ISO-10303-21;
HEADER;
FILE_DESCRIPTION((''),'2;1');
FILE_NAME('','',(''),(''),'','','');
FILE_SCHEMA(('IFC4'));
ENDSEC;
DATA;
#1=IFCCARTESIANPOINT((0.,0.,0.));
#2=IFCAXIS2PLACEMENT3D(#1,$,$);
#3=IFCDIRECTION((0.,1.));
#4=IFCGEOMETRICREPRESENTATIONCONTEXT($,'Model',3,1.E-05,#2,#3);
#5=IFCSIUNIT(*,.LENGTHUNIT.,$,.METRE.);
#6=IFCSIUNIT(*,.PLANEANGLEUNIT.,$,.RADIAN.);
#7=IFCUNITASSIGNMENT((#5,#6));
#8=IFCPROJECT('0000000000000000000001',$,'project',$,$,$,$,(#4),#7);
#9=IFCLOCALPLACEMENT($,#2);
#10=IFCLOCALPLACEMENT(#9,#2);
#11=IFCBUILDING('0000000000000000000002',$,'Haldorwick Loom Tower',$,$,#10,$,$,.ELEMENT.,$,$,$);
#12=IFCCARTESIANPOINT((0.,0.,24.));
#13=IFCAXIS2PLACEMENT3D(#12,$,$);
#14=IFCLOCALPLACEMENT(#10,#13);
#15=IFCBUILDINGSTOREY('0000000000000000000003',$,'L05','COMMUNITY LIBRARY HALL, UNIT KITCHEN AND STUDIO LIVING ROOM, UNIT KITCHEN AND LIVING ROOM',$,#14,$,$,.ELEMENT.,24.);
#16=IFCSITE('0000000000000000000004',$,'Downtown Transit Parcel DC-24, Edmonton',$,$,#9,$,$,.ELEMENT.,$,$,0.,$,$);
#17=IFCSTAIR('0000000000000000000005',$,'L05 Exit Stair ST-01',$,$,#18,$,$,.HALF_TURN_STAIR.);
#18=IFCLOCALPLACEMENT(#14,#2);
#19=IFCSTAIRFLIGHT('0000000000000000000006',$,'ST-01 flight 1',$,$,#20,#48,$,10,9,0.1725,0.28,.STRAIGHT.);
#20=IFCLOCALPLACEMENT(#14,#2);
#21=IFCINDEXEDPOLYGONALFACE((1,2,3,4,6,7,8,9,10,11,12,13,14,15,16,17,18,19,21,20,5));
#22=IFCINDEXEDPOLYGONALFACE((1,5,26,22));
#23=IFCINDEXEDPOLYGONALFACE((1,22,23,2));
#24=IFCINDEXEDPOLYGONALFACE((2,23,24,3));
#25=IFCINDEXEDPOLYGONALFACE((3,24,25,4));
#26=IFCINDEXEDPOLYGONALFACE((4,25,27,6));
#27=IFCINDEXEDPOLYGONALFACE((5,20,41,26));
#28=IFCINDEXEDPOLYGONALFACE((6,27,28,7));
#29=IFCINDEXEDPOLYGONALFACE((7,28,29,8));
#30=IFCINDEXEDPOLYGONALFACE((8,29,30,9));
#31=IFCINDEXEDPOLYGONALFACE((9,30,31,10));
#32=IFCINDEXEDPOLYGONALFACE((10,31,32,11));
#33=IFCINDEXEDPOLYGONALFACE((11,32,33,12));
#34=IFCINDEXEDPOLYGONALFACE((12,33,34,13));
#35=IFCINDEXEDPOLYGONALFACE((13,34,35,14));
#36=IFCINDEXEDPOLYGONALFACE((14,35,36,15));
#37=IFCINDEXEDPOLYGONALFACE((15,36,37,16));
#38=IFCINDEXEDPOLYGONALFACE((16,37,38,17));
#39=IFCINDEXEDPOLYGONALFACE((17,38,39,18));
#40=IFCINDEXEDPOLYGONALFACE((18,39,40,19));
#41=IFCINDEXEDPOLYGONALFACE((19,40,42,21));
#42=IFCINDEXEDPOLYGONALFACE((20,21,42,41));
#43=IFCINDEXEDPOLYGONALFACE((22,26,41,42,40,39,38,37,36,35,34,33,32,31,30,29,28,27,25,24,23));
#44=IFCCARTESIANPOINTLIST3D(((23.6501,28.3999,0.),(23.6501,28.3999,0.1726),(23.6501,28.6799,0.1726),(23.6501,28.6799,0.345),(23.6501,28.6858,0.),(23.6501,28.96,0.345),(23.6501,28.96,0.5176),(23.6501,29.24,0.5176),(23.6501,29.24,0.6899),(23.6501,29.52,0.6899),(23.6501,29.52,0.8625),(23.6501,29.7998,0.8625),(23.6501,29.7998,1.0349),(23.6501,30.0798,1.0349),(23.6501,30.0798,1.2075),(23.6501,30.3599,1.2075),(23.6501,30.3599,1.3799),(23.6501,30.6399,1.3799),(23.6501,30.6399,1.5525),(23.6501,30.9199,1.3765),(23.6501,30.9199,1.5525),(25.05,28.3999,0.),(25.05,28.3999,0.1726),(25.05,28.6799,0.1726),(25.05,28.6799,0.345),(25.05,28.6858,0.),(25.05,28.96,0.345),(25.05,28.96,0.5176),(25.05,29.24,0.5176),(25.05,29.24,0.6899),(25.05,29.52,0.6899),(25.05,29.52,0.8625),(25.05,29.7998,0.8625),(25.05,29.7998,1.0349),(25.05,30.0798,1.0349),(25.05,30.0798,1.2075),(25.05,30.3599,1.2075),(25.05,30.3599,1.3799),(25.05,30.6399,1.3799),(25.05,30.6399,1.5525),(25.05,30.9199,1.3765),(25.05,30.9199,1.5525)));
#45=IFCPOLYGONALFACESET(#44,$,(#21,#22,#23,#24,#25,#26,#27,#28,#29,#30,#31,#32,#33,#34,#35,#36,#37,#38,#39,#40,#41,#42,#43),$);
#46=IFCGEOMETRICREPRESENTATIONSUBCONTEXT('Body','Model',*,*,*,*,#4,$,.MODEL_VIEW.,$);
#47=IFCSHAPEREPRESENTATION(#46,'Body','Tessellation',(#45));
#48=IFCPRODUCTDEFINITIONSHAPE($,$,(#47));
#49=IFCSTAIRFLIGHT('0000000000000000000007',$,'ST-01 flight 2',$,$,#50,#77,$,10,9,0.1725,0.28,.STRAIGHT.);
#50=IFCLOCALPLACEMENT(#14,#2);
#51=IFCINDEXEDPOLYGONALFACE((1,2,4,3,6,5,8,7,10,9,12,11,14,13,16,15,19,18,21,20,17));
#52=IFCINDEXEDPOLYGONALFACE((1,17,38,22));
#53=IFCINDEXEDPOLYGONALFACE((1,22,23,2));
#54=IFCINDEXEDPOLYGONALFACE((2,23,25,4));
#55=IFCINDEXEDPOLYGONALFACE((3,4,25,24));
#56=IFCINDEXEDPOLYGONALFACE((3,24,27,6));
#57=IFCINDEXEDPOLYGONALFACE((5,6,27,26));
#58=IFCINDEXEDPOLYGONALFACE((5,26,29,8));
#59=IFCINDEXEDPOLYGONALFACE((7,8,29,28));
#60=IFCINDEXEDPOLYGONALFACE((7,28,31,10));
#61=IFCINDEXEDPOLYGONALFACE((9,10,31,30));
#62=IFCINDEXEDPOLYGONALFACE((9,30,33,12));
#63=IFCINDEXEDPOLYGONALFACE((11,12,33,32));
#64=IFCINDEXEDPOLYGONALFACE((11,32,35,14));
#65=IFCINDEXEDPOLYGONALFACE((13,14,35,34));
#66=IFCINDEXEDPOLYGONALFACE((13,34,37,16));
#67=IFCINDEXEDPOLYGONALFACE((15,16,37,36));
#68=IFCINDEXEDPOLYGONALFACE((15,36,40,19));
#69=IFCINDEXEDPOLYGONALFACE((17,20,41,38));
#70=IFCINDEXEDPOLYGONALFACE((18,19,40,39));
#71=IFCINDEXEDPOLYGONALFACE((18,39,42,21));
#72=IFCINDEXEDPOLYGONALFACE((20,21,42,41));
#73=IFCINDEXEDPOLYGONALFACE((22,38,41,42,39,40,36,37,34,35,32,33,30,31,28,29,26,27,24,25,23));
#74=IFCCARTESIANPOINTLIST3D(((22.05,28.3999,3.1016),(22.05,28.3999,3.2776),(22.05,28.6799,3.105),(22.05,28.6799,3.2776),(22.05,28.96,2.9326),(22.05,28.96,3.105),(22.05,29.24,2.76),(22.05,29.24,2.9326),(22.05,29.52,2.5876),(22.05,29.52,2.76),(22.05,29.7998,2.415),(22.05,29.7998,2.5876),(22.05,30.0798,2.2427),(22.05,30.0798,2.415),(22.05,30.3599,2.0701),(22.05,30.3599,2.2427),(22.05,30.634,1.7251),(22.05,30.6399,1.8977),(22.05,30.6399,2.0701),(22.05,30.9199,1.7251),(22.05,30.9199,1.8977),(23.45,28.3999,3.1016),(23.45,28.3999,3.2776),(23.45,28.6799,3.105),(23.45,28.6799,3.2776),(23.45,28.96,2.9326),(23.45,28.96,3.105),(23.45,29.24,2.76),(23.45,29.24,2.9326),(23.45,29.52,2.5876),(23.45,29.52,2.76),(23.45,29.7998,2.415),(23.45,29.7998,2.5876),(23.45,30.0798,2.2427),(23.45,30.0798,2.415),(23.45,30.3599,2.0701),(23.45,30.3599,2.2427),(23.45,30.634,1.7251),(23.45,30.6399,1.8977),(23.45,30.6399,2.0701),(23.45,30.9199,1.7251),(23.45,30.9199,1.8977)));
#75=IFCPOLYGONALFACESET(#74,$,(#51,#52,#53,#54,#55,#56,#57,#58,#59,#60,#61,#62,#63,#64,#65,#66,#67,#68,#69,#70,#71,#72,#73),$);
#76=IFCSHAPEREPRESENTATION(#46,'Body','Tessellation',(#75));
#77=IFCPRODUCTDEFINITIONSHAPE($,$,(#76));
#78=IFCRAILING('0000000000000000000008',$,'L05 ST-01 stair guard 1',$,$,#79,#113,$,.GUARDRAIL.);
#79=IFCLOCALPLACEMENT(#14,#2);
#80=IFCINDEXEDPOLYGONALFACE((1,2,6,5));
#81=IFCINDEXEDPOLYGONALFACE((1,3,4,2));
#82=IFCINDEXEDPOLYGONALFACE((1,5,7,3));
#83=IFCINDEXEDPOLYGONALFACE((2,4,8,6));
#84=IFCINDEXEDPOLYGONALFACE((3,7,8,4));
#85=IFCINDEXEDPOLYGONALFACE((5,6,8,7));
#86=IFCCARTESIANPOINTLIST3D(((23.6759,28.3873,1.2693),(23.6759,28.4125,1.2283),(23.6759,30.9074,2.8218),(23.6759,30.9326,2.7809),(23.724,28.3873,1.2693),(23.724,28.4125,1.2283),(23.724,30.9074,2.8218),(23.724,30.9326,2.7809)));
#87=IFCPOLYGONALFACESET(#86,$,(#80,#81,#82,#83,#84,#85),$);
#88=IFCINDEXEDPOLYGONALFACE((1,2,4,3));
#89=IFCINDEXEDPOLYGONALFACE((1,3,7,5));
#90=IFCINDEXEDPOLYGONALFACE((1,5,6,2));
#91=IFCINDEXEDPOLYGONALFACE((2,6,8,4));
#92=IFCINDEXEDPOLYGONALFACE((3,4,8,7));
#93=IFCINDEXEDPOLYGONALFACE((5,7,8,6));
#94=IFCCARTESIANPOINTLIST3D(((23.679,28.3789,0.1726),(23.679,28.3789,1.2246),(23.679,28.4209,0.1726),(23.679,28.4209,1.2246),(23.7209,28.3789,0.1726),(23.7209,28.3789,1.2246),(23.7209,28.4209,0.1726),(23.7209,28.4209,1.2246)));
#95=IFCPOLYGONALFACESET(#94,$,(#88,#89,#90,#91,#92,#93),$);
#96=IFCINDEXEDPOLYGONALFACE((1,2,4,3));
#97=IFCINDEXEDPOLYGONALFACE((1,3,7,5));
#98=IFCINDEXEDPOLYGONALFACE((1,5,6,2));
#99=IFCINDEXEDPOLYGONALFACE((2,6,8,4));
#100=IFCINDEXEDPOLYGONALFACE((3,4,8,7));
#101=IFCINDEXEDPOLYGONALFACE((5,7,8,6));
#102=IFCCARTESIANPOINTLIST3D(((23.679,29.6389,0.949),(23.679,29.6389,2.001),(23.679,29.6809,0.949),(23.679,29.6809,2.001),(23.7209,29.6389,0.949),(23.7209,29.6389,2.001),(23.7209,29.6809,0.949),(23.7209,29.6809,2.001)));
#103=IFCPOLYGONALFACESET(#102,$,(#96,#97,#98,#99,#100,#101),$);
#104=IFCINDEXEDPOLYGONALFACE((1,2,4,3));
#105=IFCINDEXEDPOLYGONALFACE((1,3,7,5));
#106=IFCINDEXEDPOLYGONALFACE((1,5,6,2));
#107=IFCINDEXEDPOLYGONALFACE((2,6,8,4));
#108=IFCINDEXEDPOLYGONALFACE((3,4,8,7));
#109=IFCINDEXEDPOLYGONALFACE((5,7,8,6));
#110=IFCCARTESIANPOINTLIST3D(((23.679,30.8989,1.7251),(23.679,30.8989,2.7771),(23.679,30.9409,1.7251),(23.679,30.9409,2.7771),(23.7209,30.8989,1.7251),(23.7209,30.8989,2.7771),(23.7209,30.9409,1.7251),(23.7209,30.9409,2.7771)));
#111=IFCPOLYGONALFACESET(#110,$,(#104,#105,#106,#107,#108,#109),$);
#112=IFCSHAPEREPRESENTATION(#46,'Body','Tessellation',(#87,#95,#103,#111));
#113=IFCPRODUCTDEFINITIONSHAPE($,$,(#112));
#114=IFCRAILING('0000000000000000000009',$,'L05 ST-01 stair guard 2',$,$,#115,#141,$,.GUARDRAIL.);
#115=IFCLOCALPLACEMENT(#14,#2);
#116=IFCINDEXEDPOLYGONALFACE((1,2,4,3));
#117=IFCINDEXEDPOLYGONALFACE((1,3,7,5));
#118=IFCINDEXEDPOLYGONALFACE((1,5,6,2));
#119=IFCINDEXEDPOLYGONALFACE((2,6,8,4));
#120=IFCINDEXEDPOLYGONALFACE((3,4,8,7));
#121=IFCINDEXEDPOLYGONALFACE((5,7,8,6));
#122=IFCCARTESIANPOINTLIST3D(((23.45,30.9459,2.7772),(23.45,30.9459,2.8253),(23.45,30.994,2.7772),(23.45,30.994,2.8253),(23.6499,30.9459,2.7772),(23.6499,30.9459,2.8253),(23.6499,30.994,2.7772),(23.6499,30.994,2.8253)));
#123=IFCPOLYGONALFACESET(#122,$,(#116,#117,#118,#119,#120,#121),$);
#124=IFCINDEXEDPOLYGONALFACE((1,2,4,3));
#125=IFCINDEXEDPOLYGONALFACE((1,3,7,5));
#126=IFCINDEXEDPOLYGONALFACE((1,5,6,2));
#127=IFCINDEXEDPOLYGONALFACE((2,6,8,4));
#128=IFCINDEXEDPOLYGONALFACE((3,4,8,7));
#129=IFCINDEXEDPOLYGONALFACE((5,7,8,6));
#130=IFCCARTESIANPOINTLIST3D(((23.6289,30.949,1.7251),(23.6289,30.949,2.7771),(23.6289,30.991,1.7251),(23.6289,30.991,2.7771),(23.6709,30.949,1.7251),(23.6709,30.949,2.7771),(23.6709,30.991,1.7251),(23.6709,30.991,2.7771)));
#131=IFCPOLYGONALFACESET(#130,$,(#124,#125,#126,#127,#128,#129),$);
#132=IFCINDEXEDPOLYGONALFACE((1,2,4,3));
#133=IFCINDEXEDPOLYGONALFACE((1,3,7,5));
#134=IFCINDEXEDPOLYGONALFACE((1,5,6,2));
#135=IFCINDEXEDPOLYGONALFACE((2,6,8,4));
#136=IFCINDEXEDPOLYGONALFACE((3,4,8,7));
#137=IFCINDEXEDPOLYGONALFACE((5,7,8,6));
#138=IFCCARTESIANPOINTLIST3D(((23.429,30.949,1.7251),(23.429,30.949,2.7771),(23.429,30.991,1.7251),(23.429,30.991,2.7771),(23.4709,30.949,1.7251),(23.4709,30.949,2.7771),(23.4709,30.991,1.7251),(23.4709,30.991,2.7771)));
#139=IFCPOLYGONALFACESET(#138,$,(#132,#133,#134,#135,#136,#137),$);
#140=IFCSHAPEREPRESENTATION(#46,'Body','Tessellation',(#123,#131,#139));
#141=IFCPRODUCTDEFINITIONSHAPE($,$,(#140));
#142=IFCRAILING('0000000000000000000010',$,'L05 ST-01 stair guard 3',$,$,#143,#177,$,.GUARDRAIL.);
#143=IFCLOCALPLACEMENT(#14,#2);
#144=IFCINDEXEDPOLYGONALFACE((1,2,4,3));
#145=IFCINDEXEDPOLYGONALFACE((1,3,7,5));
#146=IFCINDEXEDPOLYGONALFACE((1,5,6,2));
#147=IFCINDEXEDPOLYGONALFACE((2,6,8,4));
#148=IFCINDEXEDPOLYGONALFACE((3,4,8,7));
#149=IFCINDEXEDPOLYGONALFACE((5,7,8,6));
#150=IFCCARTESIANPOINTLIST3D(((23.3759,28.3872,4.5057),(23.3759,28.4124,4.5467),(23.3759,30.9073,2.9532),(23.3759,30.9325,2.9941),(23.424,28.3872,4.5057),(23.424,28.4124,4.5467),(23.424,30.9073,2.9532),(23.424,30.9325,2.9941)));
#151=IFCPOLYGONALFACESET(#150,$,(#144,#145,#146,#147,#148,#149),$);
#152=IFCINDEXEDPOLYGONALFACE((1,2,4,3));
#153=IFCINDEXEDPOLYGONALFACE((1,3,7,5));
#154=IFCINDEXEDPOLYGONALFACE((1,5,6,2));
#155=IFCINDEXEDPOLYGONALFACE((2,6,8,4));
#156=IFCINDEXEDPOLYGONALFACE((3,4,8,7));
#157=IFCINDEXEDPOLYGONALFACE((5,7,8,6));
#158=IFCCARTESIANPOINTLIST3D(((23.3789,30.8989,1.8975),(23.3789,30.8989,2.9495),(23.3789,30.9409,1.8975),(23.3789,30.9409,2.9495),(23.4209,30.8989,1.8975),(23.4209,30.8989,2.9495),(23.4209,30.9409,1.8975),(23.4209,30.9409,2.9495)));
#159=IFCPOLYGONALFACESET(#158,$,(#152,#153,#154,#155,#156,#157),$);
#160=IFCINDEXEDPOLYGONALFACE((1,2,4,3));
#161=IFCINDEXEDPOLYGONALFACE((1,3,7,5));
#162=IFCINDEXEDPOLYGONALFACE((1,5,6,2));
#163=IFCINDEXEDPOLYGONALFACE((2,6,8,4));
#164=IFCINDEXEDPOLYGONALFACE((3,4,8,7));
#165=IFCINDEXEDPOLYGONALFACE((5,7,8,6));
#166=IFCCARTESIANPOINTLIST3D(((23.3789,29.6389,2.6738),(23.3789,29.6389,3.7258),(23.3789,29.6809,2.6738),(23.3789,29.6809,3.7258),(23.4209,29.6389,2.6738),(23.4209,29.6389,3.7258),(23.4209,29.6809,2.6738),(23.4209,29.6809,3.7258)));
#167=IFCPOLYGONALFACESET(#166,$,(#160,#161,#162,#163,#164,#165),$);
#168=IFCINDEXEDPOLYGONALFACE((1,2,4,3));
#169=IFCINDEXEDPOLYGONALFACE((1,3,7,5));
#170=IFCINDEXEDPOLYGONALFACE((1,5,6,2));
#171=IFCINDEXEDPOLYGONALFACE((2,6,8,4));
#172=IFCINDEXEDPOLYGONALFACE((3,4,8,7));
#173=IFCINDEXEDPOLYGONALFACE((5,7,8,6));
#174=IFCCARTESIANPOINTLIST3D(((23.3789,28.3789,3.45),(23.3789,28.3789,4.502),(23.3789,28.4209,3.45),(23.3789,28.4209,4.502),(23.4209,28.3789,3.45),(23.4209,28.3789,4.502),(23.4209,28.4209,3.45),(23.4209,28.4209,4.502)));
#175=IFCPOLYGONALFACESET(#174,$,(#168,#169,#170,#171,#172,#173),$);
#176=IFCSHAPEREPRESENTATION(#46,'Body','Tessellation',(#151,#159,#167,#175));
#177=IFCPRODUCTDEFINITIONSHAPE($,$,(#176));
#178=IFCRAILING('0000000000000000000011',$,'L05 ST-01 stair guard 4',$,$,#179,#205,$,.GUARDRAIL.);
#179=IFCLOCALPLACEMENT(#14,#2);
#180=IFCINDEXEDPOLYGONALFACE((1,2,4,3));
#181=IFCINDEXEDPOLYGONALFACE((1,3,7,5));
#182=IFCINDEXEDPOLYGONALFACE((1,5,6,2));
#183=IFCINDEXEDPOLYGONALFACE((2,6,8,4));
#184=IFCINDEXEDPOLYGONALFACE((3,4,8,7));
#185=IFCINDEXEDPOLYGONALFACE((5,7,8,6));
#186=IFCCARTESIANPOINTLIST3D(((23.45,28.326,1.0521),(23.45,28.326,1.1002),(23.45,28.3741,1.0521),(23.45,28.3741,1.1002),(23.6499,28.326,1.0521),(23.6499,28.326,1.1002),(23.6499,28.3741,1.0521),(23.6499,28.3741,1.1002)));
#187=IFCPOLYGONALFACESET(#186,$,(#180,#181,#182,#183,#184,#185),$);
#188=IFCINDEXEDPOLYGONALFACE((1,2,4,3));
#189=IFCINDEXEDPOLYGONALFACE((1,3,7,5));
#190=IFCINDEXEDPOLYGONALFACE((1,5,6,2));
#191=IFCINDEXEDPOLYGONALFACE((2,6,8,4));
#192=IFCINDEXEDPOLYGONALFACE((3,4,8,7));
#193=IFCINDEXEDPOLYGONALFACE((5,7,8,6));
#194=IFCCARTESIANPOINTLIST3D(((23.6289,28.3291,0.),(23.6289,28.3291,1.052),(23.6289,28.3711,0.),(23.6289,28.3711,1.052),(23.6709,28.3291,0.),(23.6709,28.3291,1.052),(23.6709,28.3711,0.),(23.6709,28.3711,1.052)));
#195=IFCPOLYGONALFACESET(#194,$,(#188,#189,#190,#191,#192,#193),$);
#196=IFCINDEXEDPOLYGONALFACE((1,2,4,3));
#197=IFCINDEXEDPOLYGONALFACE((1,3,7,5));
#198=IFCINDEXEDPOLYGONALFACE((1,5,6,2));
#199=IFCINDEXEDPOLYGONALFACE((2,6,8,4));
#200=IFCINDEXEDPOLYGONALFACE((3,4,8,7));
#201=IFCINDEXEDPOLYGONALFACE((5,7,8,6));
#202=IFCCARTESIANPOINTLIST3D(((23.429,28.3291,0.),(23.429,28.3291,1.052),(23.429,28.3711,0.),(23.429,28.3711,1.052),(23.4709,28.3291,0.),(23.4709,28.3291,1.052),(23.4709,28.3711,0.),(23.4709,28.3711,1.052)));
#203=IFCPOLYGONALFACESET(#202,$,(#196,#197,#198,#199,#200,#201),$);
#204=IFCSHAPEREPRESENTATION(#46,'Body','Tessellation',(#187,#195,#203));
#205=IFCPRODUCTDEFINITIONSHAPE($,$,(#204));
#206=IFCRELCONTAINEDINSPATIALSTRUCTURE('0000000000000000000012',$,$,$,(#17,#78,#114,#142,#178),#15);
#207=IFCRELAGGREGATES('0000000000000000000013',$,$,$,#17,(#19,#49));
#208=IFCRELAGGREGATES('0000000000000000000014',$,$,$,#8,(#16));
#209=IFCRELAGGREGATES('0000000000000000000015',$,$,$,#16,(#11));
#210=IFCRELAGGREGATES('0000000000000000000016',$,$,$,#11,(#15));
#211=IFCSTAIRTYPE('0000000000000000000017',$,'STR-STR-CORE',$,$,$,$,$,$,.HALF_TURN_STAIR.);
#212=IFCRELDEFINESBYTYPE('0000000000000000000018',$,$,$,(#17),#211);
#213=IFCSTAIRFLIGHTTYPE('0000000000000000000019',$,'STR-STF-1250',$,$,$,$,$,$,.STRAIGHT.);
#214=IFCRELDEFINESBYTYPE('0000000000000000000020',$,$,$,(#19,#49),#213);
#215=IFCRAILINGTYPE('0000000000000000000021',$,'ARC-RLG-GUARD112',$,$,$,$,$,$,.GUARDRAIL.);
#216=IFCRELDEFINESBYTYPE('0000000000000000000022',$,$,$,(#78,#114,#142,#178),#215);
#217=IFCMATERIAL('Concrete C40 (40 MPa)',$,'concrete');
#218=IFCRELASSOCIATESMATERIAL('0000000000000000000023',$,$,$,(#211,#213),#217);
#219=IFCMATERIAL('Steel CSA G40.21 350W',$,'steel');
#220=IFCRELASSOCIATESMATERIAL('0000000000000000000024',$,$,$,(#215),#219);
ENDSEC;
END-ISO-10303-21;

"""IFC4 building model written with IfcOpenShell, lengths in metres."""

from ifc_helpers import new_model, si_unit, direction, frame, origin, origin_2d, place, context, subcontext, project, spatial, polyline, rectangle, outline, extrude, material, type_object, element, aggregate, save


model = new_model("IFC4")

# Units and contexts
model_context = context("Model", 3, precision=1e-05, world=origin(), true_north=direction((0.0, 1.0)))
body_context = subcontext(model_context, "Body", "Model", "MODEL_VIEW")
ifc_project = project(units=[si_unit("LENGTHUNIT", "METRE"), si_unit("PLANEANGLEUNIT", "RADIAN")], contexts=[model_context])

# Site, building, storey
site_placement = place(None, origin())
site = spatial("IfcSite", under=ifc_project, at=site_placement, Name="Downtown Transit Parcel DC-24, Edmonton", CompositionType="ELEMENT", RefElevation=0.0)
building_placement = place(site_placement, origin())
building = spatial("IfcBuilding", under=site, at=building_placement, Name="Haldorwick Loom Tower", CompositionType="ELEMENT")
storey_placement = place(building_placement, frame((0.0, 0.0, 24.0)))
storey = spatial("IfcBuildingStorey", under=building, at=storey_placement, Name="L05", Description="COMMUNITY LIBRARY HALL, UNIT KITCHEN AND STUDIO LIVING ROOM, UNIT KITCHEN AND LIVING ROOM", CompositionType="ELEMENT", Elevation=24.0)

# Shared definitions
ifc_material_1 = material(Name="Steel CSA G40.21 350W", Category="steel")

# Stair, stair flights
ifc_material_2 = material(Name="Concrete C40 (40 MPa)", Category="concrete")
stair_type = type_object("IfcStairType", Name="STR-STR-CORE", PredefinedType="HALF_TURN_STAIR", material=ifc_material_2)
stair_placement = place(storey_placement, origin())
stair = element("IfcStair", 1, at=stair_placement, inside=storey, type_object=stair_type, Name="L05 Exit Stair ST-01", PredefinedType="HALF_TURN_STAIR")
stair_flight_type = type_object("IfcStairFlightType", Name="STR-STF-1250", PredefinedType="STRAIGHT", material=ifc_material_2)
stair_flight_1_placement = place(storey_placement, frame((24.3501, 28.3999, 0.0), z_axis=(0.0, 0.0, 1.0), x_axis=(0.0, 1.0, 0.0)))
stair_flight_1 = element("IfcStairFlight", 2, at=stair_flight_1_placement, type_object=stair_flight_type, Name="ST-01 flight 1", NumberOfRisers=10, NumberOfTreads=9, PredefinedType="STRAIGHT", RiserHeight=0.1725, TreadLength=0.28, context=body_context, shape_type="SweptSolid", body=[
    extrude(outline(polyline([(0.0, 0.0), (0.0, 0.1726), (0.28, 0.1726), (0.28, 0.345), (0.5601, 0.345), (0.5601, 0.5176), (0.8401, 0.5176), (0.8401, 0.6899), (1.1201, 0.6899), (1.1201, 0.8625), (1.3999, 0.8625), (1.3999, 1.0349), (1.6799, 1.0349), (1.6799, 1.2075), (1.96, 1.2075), (1.96, 1.3799), (2.24, 1.3799), (2.24, 1.5525), (2.52, 1.5525), (2.52, 1.7251), (2.52, 1.3765), (0.2859, 0.0), (0.0, 0.0)])), frame((0.0, 0.7, 0.0), z_axis=(0.0, -1.0, 0.0), x_axis=(1.0, 0.0, 0.0)), (0.0, 0.0, 1.0), 1.3999),
])
stair_flight_2_placement = place(storey_placement, frame((22.75, 30.9199, 1.7251), z_axis=(0.0, 0.0, 1.0), x_axis=(0.0, -1.0, 0.0)))
stair_flight_2 = element("IfcStairFlight", 3, at=stair_flight_2_placement, type_object=stair_flight_type, Name="ST-01 flight 2", NumberOfRisers=10, NumberOfTreads=9, PredefinedType="STRAIGHT", RiserHeight=0.1725, TreadLength=0.28, context=body_context, shape_type="SweptSolid", body=[
    extrude(outline(polyline([(0.0, 0.0), (0.0, 0.1726), (0.28, 0.1726), (0.28, 0.345), (0.5601, 0.345), (0.5601, 0.5176), (0.8401, 0.5176), (0.8401, 0.6899), (1.1201, 0.6899), (1.1201, 0.8625), (1.3999, 0.8625), (1.3999, 1.0349), (1.6799, 1.0349), (1.6799, 1.2075), (1.96, 1.2075), (1.96, 1.3799), (2.24, 1.3799), (2.24, 1.5525), (2.52, 1.5525), (2.52, 1.7251), (2.52, 1.3765), (0.2859, 0.0), (0.0, 0.0)])), frame((0.0, 0.7, 0.0), z_axis=(0.0, -1.0, 0.0), x_axis=(1.0, 0.0, 0.0)), (0.0, 0.0, 1.0), 1.3999),
])
aggregate(stair, [stair_flight_1, stair_flight_2])

# Railings
railing_type_1 = type_object("IfcRailingType", Name="ARC-RLG-GUARD112", PredefinedType="GUARDRAIL", material=ifc_material_1)
railing_1_placement = place(storey_placement, frame((23.7, 28.3999, 0.1726)))
element("IfcRailing", 4, at=railing_1_placement, inside=storey, type_object=railing_type_1, Name="L05 ST-01 stair guard 1", PredefinedType="GUARDRAIL", context=body_context, shape_type="SweptSolid", body=[
    extrude(rectangle(XDim=0.0481, YDim=0.0481, at=origin_2d()), frame((0.0, 0.0, 1.0762), z_axis=(0.0, 0.8514, 0.524516), x_axis=(-1.0, 0.0, 0.0)), (0.0, 0.0, 1.0), 2.96),
    extrude(rectangle(XDim=0.042, YDim=0.042, at=origin_2d()), origin(), (0.0, 0.0, 1.0), 1.052),
    extrude(rectangle(XDim=0.042, YDim=0.042, at=origin_2d()), frame((0.0, 1.26, 0.7764)), (0.0, 0.0, 1.0), 1.052),
    extrude(rectangle(XDim=0.042, YDim=0.042, at=origin_2d()), frame((0.0, 2.52, 1.5525)), (0.0, 0.0, 1.0), 1.052),
])
railing_2_placement = place(storey_placement, frame((23.6499, 30.97, 1.7251)))
element("IfcRailing", 5, at=railing_2_placement, inside=storey, type_object=railing_type_1, Name="L05 ST-01 stair guard 2", PredefinedType="GUARDRAIL", context=body_context, shape_type="SweptSolid", body=[
    extrude(rectangle(XDim=0.0481, YDim=0.0481, at=origin_2d()), frame((0.0, 0.0, 1.0762), z_axis=(-1.0, 0.0, 0.0), x_axis=(0.0, -1.0, 0.0)), (0.0, 0.0, 1.0), 0.2),
    extrude(rectangle(XDim=0.042, YDim=0.042, at=origin_2d()), origin(), (0.0, 0.0, 1.0), 1.052),
    extrude(rectangle(XDim=0.042, YDim=0.042, at=origin_2d()), frame((-0.2, 0.0, 0.0)), (0.0, 0.0, 1.0), 1.052),
])
railing_3_placement = place(storey_placement, frame((23.3999, 30.9199, 1.8975)))
element("IfcRailing", 6, at=railing_3_placement, inside=storey, type_object=railing_type_1, Name="L05 ST-01 stair guard 3", PredefinedType="GUARDRAIL", context=body_context, shape_type="SweptSolid", body=[
    extrude(rectangle(XDim=0.0481, YDim=0.0481, at=origin_2d()), frame((0.0, 0.0, 1.0762), z_axis=(0.0, -0.8514, 0.524516), x_axis=(1.0, 0.0, 0.0)), (0.0, 0.0, 1.0), 2.96),
    extrude(rectangle(XDim=0.042, YDim=0.042, at=origin_2d()), origin(), (0.0, 0.0, 1.0), 1.052),
    extrude(rectangle(XDim=0.042, YDim=0.042, at=origin_2d()), frame((0.0, -1.26, 0.7764)), (0.0, 0.0, 1.0), 1.052),
    extrude(rectangle(XDim=0.042, YDim=0.042, at=origin_2d()), frame((0.0, -2.52, 1.5525)), (0.0, 0.0, 1.0), 1.052),
])
railing_4_placement = place(storey_placement, frame((23.6499, 28.3501, 0.0)))
element("IfcRailing", 7, at=railing_4_placement, inside=storey, type_object=railing_type_1, Name="L05 ST-01 stair guard 4", PredefinedType="GUARDRAIL", context=body_context, shape_type="SweptSolid", body=[
    extrude(rectangle(XDim=0.0481, YDim=0.0481, at=origin_2d()), frame((0.0, 0.0, 1.0762), z_axis=(-1.0, 0.0, 0.0), x_axis=(0.0, -1.0, 0.0)), (0.0, 0.0, 1.0), 0.2),
    extrude(rectangle(XDim=0.042, YDim=0.042, at=origin_2d()), origin(), (0.0, 0.0, 1.0), 1.052),
    extrude(rectangle(XDim=0.042, YDim=0.042, at=origin_2d()), frame((-0.2, 0.0, 0.0)), (0.0, 0.0, 1.0), 1.052),
])

save(model, "model.ifc")
